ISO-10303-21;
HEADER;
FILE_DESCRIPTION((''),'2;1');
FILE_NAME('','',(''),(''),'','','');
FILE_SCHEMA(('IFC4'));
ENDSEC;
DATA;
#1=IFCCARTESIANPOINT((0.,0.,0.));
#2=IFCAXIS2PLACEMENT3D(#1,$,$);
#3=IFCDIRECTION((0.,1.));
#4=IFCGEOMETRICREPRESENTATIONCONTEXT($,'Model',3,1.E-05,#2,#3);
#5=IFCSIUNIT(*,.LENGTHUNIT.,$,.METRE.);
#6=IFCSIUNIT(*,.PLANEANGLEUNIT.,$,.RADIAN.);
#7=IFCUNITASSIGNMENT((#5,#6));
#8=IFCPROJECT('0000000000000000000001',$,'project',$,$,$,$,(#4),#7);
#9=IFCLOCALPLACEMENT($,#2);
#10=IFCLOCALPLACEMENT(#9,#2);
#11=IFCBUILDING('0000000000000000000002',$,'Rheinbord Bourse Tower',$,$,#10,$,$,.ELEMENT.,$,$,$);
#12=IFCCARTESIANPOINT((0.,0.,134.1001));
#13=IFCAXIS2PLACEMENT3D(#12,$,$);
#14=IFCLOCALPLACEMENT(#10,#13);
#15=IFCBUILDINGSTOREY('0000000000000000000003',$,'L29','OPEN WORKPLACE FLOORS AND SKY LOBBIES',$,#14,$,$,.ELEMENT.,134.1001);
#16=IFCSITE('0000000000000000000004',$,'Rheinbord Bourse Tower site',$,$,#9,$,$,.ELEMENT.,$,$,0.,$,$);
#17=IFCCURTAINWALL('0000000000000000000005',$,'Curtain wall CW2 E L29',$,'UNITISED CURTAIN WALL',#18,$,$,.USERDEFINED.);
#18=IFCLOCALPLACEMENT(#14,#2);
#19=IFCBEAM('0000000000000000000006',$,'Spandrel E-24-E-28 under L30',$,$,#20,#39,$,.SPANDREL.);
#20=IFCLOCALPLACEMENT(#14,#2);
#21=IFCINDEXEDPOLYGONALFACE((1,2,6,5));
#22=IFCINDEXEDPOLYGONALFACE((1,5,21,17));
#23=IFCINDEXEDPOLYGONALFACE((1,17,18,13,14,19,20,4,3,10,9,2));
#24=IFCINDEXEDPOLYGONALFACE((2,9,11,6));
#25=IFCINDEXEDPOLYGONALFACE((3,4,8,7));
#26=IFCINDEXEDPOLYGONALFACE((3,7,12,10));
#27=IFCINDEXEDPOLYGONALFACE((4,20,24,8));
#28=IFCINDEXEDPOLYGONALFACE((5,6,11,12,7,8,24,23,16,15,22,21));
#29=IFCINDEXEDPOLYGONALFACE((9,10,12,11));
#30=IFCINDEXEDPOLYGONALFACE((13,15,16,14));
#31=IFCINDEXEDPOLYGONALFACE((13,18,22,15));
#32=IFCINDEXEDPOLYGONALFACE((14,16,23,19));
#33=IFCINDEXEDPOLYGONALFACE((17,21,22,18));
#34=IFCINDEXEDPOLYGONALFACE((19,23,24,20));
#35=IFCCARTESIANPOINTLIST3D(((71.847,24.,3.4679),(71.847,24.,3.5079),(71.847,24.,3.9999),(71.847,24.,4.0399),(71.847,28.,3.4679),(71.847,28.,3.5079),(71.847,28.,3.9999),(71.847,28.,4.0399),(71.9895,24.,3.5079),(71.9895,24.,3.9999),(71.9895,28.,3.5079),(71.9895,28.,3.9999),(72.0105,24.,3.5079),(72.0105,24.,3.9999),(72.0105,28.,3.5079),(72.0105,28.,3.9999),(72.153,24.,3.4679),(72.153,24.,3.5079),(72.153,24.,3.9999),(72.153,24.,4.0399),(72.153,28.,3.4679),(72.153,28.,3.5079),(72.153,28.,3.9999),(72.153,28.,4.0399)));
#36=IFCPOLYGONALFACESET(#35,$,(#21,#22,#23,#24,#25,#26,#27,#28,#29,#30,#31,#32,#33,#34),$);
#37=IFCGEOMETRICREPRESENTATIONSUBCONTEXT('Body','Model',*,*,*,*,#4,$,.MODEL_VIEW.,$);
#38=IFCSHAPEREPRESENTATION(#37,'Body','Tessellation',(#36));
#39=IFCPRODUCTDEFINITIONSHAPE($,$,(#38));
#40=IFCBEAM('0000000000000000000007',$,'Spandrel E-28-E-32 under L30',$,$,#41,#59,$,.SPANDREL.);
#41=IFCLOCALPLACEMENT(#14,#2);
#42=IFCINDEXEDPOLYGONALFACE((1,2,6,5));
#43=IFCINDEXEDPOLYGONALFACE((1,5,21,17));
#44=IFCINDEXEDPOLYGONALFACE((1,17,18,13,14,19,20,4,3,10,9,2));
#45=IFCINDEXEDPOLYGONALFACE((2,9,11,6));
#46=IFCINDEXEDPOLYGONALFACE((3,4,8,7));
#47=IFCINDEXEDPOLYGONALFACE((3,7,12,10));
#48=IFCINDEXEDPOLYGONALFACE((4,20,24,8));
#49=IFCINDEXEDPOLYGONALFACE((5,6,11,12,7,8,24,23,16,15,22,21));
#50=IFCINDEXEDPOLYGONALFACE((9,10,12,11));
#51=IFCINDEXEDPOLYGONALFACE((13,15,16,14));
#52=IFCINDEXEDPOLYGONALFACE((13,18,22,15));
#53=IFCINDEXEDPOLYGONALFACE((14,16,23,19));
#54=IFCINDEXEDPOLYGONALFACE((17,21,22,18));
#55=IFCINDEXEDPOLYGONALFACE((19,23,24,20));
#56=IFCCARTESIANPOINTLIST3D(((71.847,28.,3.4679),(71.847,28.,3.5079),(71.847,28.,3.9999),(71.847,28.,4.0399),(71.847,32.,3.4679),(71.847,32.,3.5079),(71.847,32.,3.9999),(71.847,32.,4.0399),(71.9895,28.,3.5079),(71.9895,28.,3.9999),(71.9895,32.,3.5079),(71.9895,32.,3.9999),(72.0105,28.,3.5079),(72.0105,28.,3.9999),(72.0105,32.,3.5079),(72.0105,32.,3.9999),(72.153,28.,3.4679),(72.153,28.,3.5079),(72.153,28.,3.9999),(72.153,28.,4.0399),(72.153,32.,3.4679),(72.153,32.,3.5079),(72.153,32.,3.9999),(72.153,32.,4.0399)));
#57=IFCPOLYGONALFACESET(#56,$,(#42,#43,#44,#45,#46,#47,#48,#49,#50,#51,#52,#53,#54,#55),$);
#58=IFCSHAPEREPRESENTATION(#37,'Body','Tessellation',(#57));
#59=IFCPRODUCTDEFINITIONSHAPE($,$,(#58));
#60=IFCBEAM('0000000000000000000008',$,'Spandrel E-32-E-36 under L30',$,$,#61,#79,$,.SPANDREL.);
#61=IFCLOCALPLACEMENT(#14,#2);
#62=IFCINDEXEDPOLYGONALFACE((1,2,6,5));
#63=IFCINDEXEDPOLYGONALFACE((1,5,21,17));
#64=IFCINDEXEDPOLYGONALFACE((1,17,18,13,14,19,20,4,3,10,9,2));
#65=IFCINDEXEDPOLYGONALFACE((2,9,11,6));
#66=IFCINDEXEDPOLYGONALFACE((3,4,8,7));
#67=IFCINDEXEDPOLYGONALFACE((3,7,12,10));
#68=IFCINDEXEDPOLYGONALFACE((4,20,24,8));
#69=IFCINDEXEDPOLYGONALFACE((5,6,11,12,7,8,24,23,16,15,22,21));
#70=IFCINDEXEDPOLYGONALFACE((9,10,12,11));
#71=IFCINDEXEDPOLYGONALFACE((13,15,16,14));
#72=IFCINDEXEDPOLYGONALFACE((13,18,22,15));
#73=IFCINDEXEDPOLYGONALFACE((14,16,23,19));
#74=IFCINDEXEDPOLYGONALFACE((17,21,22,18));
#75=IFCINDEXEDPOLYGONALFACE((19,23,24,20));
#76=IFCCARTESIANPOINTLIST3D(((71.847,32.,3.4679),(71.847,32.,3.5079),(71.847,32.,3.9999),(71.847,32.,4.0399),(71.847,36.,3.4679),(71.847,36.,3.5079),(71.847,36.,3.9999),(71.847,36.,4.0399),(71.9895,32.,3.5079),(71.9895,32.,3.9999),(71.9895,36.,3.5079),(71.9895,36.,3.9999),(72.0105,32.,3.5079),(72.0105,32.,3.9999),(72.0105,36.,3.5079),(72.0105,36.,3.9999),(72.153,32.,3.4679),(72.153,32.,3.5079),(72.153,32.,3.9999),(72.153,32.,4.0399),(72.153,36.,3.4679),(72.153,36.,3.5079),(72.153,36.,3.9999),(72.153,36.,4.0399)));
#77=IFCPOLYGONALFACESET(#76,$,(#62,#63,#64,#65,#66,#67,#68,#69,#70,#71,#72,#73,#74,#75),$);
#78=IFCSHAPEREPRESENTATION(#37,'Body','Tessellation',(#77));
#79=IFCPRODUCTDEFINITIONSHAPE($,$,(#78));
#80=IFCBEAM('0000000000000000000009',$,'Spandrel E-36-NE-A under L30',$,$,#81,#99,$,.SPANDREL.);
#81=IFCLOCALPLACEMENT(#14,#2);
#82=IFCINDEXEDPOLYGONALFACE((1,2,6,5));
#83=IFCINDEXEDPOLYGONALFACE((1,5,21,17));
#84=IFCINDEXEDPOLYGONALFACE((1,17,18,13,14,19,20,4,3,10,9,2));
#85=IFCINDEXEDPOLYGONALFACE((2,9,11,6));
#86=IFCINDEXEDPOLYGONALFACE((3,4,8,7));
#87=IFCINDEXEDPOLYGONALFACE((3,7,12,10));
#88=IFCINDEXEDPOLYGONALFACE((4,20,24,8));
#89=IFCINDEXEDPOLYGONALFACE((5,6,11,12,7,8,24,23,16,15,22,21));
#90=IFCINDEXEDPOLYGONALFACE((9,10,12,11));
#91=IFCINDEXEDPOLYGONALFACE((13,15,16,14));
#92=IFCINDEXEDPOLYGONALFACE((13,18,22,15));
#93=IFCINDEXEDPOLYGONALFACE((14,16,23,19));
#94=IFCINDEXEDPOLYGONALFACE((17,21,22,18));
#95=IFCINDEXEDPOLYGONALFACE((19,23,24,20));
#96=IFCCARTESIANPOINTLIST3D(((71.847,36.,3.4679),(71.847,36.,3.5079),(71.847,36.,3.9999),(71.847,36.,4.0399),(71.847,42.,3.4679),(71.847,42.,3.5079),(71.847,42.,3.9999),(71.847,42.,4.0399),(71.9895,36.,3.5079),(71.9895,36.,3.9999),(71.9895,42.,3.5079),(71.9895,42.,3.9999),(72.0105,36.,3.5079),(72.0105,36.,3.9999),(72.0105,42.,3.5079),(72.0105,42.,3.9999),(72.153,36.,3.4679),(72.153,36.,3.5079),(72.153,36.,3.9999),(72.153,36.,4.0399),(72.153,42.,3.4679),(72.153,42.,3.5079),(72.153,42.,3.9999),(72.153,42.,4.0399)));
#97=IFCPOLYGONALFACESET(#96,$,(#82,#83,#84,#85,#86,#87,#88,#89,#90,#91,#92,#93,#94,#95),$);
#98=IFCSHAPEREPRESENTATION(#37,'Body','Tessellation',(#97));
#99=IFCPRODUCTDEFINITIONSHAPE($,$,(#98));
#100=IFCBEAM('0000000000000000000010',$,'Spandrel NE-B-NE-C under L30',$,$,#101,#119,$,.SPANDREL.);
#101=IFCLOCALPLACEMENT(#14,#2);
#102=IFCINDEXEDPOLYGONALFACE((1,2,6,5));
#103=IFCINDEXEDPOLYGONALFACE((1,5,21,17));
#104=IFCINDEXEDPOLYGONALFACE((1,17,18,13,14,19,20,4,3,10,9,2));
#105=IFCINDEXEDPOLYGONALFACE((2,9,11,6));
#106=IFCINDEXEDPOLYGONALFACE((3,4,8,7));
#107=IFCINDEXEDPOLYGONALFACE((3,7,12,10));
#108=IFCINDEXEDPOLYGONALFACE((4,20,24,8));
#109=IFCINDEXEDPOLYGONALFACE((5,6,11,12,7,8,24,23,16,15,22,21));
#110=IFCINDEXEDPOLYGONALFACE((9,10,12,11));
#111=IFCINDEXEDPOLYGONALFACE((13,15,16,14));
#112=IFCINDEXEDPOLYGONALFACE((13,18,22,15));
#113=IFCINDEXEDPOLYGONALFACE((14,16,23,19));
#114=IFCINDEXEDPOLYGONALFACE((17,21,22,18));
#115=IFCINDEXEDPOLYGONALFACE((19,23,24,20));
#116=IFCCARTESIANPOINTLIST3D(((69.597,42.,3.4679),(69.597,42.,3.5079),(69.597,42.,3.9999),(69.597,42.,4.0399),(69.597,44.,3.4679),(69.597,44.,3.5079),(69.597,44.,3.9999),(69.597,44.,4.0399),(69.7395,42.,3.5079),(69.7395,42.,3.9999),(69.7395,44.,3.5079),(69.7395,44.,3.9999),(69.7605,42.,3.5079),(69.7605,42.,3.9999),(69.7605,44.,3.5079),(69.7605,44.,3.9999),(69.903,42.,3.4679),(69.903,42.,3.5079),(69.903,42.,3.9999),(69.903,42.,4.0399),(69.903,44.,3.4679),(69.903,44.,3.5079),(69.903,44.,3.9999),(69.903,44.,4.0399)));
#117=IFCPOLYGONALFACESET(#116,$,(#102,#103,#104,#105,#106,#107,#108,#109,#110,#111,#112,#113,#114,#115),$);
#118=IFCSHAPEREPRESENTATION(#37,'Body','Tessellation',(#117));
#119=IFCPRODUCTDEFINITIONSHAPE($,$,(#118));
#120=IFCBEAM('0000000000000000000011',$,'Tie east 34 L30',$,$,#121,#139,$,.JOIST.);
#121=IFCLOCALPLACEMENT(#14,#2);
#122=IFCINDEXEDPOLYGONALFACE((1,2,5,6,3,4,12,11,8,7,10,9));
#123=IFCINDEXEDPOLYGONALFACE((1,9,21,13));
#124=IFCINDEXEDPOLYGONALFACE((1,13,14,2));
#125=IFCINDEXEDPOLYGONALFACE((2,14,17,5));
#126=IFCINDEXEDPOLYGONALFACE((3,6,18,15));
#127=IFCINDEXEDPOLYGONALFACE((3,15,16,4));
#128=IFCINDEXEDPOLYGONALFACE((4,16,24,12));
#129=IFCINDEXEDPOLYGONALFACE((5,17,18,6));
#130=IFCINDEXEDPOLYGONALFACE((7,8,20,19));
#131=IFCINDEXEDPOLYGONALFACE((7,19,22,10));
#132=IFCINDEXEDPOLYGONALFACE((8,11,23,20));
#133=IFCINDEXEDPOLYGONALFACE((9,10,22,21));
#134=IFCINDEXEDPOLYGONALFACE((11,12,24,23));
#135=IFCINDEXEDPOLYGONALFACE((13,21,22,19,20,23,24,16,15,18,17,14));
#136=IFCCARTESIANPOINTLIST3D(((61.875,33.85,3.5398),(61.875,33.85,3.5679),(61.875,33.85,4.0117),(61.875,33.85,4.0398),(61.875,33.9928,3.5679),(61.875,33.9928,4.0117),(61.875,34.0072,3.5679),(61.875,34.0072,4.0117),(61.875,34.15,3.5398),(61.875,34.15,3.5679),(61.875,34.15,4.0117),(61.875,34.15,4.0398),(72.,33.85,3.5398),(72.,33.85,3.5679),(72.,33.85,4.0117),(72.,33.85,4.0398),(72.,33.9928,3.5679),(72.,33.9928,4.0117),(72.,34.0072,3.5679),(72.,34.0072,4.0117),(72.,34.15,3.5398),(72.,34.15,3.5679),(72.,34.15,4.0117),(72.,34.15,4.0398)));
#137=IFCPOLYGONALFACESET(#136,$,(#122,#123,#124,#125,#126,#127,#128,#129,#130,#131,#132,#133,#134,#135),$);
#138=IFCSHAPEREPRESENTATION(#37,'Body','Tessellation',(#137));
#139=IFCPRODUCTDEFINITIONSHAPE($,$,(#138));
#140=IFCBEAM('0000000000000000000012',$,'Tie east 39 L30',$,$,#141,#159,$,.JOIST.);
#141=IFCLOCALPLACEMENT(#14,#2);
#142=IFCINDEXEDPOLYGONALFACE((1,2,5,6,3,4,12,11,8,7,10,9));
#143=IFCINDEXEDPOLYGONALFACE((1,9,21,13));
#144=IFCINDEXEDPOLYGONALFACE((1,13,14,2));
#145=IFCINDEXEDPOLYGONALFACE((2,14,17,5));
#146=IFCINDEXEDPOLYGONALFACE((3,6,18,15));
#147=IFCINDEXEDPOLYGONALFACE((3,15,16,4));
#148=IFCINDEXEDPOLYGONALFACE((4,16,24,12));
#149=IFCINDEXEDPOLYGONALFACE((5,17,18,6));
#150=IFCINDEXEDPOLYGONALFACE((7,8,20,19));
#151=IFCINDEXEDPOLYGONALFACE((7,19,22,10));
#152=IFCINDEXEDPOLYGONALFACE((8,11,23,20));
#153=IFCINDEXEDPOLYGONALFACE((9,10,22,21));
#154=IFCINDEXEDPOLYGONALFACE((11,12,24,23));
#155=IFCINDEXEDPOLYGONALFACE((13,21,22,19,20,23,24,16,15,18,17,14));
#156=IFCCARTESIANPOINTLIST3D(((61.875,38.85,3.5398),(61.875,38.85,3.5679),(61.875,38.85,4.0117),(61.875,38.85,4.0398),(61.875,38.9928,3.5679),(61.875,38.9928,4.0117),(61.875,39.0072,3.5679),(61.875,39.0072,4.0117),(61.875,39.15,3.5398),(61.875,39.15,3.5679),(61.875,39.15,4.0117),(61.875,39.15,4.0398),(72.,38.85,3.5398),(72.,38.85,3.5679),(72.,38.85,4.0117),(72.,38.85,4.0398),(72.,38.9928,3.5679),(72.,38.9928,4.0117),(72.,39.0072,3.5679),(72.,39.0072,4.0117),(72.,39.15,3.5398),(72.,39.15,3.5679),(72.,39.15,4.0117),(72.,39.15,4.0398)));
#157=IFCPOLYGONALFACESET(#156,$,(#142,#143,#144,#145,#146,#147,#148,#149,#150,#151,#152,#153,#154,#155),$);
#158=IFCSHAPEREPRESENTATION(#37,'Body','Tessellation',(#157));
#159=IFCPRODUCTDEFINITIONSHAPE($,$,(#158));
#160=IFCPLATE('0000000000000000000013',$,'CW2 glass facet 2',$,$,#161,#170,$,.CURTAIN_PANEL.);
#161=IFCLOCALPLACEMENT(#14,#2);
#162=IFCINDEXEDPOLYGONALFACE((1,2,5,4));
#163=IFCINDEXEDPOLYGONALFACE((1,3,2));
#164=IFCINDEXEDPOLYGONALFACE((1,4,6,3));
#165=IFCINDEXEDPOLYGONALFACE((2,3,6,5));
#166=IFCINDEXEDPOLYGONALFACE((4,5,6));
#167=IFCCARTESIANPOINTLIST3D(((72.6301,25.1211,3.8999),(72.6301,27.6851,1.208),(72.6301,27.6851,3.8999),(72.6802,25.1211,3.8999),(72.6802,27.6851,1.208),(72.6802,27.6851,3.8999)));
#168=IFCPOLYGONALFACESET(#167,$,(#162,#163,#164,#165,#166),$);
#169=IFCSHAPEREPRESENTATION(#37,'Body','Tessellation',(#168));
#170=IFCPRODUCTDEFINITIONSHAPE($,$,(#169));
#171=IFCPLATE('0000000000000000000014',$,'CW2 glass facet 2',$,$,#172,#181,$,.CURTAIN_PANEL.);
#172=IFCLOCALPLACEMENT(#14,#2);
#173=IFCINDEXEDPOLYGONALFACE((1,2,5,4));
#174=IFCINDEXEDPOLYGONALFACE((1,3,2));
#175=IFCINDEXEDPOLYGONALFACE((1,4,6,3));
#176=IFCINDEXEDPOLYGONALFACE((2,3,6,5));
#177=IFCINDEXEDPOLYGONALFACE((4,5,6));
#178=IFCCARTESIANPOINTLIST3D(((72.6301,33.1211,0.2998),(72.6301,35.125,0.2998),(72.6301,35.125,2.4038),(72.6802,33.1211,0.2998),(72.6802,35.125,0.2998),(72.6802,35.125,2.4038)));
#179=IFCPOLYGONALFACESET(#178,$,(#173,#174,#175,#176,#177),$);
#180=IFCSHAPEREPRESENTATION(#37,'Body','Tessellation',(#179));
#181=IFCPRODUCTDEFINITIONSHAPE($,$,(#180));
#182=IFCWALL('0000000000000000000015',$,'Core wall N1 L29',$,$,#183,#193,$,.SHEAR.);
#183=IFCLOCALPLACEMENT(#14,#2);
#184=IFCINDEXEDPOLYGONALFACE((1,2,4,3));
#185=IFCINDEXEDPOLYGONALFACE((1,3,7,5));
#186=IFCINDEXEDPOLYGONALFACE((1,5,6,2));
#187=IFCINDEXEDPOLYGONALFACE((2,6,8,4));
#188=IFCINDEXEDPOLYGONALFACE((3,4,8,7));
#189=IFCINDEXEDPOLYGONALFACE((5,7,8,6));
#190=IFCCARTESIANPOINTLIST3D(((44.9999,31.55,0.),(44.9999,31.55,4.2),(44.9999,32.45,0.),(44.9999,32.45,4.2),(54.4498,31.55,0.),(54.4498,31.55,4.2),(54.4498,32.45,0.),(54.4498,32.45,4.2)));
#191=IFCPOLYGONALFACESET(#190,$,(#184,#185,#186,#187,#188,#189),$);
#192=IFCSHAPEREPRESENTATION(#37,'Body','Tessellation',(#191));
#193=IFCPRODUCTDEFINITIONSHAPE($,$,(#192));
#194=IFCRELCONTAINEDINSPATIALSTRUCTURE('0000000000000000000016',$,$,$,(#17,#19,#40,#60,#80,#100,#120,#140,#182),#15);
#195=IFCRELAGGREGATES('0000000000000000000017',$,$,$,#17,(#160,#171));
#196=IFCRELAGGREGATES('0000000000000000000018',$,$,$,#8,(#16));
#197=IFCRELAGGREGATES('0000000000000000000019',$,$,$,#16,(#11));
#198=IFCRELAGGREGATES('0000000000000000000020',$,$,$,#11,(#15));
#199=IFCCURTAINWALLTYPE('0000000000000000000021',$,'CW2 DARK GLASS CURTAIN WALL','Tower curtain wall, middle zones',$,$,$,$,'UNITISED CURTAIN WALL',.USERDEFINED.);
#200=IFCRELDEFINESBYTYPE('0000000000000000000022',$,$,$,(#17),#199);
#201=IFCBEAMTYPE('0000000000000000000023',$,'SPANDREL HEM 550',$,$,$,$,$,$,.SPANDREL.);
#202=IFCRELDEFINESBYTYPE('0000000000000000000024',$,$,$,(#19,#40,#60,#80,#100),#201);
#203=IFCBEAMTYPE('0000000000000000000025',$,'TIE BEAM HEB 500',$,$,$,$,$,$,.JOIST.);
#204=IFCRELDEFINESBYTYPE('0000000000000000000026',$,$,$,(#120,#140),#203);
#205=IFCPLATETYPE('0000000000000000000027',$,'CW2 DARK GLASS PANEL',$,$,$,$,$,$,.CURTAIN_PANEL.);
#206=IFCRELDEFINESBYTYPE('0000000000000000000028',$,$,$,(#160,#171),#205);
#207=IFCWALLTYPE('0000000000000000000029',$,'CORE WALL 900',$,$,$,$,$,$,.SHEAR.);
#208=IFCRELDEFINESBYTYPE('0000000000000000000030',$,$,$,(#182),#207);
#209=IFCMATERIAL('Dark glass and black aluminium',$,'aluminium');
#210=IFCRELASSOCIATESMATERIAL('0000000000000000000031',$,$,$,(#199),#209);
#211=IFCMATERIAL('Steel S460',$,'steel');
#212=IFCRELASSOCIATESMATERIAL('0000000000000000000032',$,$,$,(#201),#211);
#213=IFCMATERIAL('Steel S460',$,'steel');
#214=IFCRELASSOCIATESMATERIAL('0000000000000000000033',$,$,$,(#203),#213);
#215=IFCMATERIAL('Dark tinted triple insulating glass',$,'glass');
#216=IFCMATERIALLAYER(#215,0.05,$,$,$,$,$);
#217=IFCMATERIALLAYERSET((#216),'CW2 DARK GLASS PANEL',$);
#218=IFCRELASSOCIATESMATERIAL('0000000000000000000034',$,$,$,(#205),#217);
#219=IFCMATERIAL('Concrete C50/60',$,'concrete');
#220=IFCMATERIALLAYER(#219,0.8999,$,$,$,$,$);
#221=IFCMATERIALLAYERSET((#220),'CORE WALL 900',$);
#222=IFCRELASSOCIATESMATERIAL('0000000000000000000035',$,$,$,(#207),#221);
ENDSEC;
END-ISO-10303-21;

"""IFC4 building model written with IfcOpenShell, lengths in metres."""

from ifc_helpers import new_model, si_unit, direction, frame, frame_2d, origin, origin_2d, place, context, subcontext, project, spatial, polyline, rectangle, i_section, outline, extrude, material, layer, layer_set, material_profile, profile_set, type_object, element, aggregate, save


model = new_model("IFC4")

# Units and contexts
model_context = context("Model", 3, precision=1e-05, world=origin(), true_north=direction((0.0, 1.0)))
body_context = subcontext(model_context, "Body", "Model", "MODEL_VIEW")
ifc_project = project(units=[si_unit("LENGTHUNIT", "METRE"), si_unit("PLANEANGLEUNIT", "RADIAN")], contexts=[model_context])

# Site, building, storey
site_placement = place(None, origin())
site = spatial("IfcSite", under=ifc_project, at=site_placement, Name="Rheinbord Bourse Tower site", CompositionType="ELEMENT", RefElevation=0.0)
building_placement = place(site_placement, origin())
building = spatial("IfcBuilding", under=site, at=building_placement, Name="Rheinbord Bourse Tower", CompositionType="ELEMENT")
storey_placement = place(building_placement, frame((0.0, 0.0, 134.1001)))
storey = spatial("IfcBuildingStorey", under=building, at=storey_placement, Name="L29", Description="OPEN WORKPLACE FLOORS AND SKY LOBBIES", CompositionType="ELEMENT", Elevation=134.1001)

# Curtain wall
ifc_material_1 = material(Name="Dark glass and black aluminium", Category="aluminium")
curtain_wall_type = type_object("IfcCurtainWallType", Name="CW2 DARK GLASS CURTAIN WALL", Description="Tower curtain wall, middle zones", ElementType="UNITISED CURTAIN WALL", PredefinedType="USERDEFINED", material=ifc_material_1)
curtain_wall_placement = place(storey_placement, origin())
curtain_wall = element("IfcCurtainWall", 1, at=curtain_wall_placement, inside=storey, type_object=curtain_wall_type, Name="Curtain wall CW2 E L29", ObjectType="UNITISED CURTAIN WALL", PredefinedType="USERDEFINED")

# Beams
ifc_material_2 = material(Name="Steel S460", Category="steel")
ifc_material_profile_1 = material_profile(ifc_material_2, i_section(OverallWidth=0.3059, OverallDepth=0.572, WebThickness=0.021, FlangeThickness=0.04, at=origin_2d()), Name="HEM 550")
ifc_profile_set_1 = profile_set([ifc_material_profile_1], Name="Steel S460")
beam_type_1 = type_object("IfcBeamType", Name="SPANDREL HEM 550", PredefinedType="SPANDREL", material=ifc_profile_set_1)
for number, where, z_axis, x_axis, name in (
    (2, (72.0, 24.0, 3.7539), (0.0, 1.0, 0.0), (-1.0, 0.0, 0.0), "Spandrel E-24-E-28 under L30"),
    (3, (72.0, 28.0, 3.7539), (0.0, 1.0, 0.0), (-1.0, 0.0, 0.0), "Spandrel E-28-E-32 under L30"),
    (4, (72.0, 32.0, 3.7539), (0.0, 1.0, 0.0), (-1.0, 0.0, 0.0), "Spandrel E-32-E-36 under L30"),
):
    element("IfcBeam", number, at=place(storey_placement, frame(where, z_axis=z_axis, x_axis=x_axis)), inside=storey, type_object=beam_type_1, Name=name, PredefinedType="SPANDREL", context=body_context, shape_type="SweptSolid", body=[
        extrude(i_section(OverallWidth=0.3059, OverallDepth=0.572, WebThickness=0.021, FlangeThickness=0.04, at=origin_2d()), origin(), (0.0, 0.0, 1.0), 4.0),
    ])
beam_1_placement = place(storey_placement, frame((72.0, 36.0, 3.7539), z_axis=(0.0, 1.0, 0.0), x_axis=(-1.0, 0.0, 0.0)))
element("IfcBeam", 5, at=beam_1_placement, inside=storey, type_object=beam_type_1, Name="Spandrel E-36-NE-A under L30", PredefinedType="SPANDREL", context=body_context, shape_type="SweptSolid", body=[
    extrude(i_section(OverallWidth=0.3059, OverallDepth=0.572, WebThickness=0.021, FlangeThickness=0.04, at=origin_2d()), origin(), (0.0, 0.0, 1.0), 6.0),
])
beam_2_placement = place(storey_placement, frame((69.75, 42.0, 3.7539), z_axis=(0.0, 1.0, 0.0), x_axis=(-1.0, 0.0, 0.0)))
element("IfcBeam", 6, at=beam_2_placement, inside=storey, type_object=beam_type_1, Name="Spandrel NE-B-NE-C under L30", PredefinedType="SPANDREL", context=body_context, shape_type="SweptSolid", body=[
    extrude(i_section(OverallWidth=0.3059, OverallDepth=0.572, WebThickness=0.021, FlangeThickness=0.04, at=origin_2d()), origin(), (0.0, 0.0, 1.0), 2.0),
])
ifc_material_3 = material(Name="Steel S460", Category="steel")
ifc_material_profile_2 = material_profile(ifc_material_3, i_section(OverallWidth=0.3, OverallDepth=0.5, WebThickness=0.0144, FlangeThickness=0.0281, at=origin_2d()), Name="HEB 500")
ifc_profile_set_2 = profile_set([ifc_material_profile_2], Name="Steel S460")
beam_type_2 = type_object("IfcBeamType", Name="TIE BEAM HEB 500", PredefinedType="JOIST", material=ifc_profile_set_2)
for number, where, z_axis, x_axis, name in (
    (7, (61.875, 34.0, 3.7898), (1.0, 0.0, 0.0), (0.0, 1.0, 0.0), "Tie east 34 L30"),
    (8, (61.875, 39.0, 3.7898), (1.0, 0.0, 0.0), (0.0, 1.0, 0.0), "Tie east 39 L30"),
):
    element("IfcBeam", number, at=place(storey_placement, frame(where, z_axis=z_axis, x_axis=x_axis)), inside=storey, type_object=beam_type_2, Name=name, PredefinedType="JOIST", context=body_context, shape_type="SweptSolid", body=[
        extrude(i_section(OverallWidth=0.3, OverallDepth=0.5, WebThickness=0.0144, FlangeThickness=0.0281, at=origin_2d()), origin(), (0.0, 0.0, 1.0), 10.125),
    ])

# Plates
ifc_material_4 = material(Name="Dark tinted triple insulating glass", Category="glass")
ifc_layer_1 = layer(ifc_material_4, 0.05)
ifc_layer_set_1 = layer_set([ifc_layer_1], Name="CW2 DARK GLASS PANEL")
plate_type = type_object("IfcPlateType", Name="CW2 DARK GLASS PANEL", PredefinedType="CURTAIN_PANEL", material=ifc_layer_set_1)
plate_1_placement = place(storey_placement, frame((72.6802, 27.6851, 3.8999), z_axis=(-1.0, 0.0, 0.0), x_axis=(0.0, 0.0, -1.0)))
plate_1 = element("IfcPlate", 9, at=plate_1_placement, type_object=plate_type, Name="CW2 glass facet 2", PredefinedType="CURTAIN_PANEL", context=body_context, shape_type="SweptSolid", body=[
    extrude(outline(polyline([(0.0, 0.0), (2.6919, 0.0), (0.0, 2.564), (0.0, 0.0)])), origin(), (0.0, 0.0, 1.0), 0.05),
])
plate_2_placement = place(storey_placement, frame((72.6802, 35.125, 0.2998), z_axis=(-1.0, 0.0, 0.0), x_axis=(0.0, -1.0, 0.0)))
plate_2 = element("IfcPlate", 10, at=plate_2_placement, type_object=plate_type, Name="CW2 glass facet 2", PredefinedType="CURTAIN_PANEL", context=body_context, shape_type="SweptSolid", body=[
    extrude(outline(polyline([(0.0, 0.0), (2.0039, 0.0), (0.0, 2.104), (0.0, 0.0)])), origin(), (0.0, 0.0, 1.0), 0.05),
])
aggregate(curtain_wall, [plate_1, plate_2])

# Wall
ifc_material_5 = material(Name="Concrete C50/60", Category="concrete")
ifc_layer_2 = layer(ifc_material_5, 0.8999)
ifc_layer_set_2 = layer_set([ifc_layer_2], Name="CORE WALL 900")
wall_type_1 = type_object("IfcWallType", Name="CORE WALL 900", PredefinedType="SHEAR", material=ifc_layer_set_2)
wall_1_placement = place(storey_placement, frame((54.45, 32.0, 0.0), z_axis=(0.0, 0.0, 1.0), x_axis=(-1.0, 0.0, 0.0)))
element("IfcWall", 11, at=wall_1_placement, inside=storey, type_object=wall_type_1, Name="Core wall N1 L29", PredefinedType="SHEAR", context=body_context, shape_type="SweptSolid", body=[
    extrude(rectangle(XDim=9.45, YDim=0.8999, at=frame_2d((4.7251, 0.0))), origin(), (0.0, 0.0, 1.0), 4.2),
])

save(model, "model.ifc")
